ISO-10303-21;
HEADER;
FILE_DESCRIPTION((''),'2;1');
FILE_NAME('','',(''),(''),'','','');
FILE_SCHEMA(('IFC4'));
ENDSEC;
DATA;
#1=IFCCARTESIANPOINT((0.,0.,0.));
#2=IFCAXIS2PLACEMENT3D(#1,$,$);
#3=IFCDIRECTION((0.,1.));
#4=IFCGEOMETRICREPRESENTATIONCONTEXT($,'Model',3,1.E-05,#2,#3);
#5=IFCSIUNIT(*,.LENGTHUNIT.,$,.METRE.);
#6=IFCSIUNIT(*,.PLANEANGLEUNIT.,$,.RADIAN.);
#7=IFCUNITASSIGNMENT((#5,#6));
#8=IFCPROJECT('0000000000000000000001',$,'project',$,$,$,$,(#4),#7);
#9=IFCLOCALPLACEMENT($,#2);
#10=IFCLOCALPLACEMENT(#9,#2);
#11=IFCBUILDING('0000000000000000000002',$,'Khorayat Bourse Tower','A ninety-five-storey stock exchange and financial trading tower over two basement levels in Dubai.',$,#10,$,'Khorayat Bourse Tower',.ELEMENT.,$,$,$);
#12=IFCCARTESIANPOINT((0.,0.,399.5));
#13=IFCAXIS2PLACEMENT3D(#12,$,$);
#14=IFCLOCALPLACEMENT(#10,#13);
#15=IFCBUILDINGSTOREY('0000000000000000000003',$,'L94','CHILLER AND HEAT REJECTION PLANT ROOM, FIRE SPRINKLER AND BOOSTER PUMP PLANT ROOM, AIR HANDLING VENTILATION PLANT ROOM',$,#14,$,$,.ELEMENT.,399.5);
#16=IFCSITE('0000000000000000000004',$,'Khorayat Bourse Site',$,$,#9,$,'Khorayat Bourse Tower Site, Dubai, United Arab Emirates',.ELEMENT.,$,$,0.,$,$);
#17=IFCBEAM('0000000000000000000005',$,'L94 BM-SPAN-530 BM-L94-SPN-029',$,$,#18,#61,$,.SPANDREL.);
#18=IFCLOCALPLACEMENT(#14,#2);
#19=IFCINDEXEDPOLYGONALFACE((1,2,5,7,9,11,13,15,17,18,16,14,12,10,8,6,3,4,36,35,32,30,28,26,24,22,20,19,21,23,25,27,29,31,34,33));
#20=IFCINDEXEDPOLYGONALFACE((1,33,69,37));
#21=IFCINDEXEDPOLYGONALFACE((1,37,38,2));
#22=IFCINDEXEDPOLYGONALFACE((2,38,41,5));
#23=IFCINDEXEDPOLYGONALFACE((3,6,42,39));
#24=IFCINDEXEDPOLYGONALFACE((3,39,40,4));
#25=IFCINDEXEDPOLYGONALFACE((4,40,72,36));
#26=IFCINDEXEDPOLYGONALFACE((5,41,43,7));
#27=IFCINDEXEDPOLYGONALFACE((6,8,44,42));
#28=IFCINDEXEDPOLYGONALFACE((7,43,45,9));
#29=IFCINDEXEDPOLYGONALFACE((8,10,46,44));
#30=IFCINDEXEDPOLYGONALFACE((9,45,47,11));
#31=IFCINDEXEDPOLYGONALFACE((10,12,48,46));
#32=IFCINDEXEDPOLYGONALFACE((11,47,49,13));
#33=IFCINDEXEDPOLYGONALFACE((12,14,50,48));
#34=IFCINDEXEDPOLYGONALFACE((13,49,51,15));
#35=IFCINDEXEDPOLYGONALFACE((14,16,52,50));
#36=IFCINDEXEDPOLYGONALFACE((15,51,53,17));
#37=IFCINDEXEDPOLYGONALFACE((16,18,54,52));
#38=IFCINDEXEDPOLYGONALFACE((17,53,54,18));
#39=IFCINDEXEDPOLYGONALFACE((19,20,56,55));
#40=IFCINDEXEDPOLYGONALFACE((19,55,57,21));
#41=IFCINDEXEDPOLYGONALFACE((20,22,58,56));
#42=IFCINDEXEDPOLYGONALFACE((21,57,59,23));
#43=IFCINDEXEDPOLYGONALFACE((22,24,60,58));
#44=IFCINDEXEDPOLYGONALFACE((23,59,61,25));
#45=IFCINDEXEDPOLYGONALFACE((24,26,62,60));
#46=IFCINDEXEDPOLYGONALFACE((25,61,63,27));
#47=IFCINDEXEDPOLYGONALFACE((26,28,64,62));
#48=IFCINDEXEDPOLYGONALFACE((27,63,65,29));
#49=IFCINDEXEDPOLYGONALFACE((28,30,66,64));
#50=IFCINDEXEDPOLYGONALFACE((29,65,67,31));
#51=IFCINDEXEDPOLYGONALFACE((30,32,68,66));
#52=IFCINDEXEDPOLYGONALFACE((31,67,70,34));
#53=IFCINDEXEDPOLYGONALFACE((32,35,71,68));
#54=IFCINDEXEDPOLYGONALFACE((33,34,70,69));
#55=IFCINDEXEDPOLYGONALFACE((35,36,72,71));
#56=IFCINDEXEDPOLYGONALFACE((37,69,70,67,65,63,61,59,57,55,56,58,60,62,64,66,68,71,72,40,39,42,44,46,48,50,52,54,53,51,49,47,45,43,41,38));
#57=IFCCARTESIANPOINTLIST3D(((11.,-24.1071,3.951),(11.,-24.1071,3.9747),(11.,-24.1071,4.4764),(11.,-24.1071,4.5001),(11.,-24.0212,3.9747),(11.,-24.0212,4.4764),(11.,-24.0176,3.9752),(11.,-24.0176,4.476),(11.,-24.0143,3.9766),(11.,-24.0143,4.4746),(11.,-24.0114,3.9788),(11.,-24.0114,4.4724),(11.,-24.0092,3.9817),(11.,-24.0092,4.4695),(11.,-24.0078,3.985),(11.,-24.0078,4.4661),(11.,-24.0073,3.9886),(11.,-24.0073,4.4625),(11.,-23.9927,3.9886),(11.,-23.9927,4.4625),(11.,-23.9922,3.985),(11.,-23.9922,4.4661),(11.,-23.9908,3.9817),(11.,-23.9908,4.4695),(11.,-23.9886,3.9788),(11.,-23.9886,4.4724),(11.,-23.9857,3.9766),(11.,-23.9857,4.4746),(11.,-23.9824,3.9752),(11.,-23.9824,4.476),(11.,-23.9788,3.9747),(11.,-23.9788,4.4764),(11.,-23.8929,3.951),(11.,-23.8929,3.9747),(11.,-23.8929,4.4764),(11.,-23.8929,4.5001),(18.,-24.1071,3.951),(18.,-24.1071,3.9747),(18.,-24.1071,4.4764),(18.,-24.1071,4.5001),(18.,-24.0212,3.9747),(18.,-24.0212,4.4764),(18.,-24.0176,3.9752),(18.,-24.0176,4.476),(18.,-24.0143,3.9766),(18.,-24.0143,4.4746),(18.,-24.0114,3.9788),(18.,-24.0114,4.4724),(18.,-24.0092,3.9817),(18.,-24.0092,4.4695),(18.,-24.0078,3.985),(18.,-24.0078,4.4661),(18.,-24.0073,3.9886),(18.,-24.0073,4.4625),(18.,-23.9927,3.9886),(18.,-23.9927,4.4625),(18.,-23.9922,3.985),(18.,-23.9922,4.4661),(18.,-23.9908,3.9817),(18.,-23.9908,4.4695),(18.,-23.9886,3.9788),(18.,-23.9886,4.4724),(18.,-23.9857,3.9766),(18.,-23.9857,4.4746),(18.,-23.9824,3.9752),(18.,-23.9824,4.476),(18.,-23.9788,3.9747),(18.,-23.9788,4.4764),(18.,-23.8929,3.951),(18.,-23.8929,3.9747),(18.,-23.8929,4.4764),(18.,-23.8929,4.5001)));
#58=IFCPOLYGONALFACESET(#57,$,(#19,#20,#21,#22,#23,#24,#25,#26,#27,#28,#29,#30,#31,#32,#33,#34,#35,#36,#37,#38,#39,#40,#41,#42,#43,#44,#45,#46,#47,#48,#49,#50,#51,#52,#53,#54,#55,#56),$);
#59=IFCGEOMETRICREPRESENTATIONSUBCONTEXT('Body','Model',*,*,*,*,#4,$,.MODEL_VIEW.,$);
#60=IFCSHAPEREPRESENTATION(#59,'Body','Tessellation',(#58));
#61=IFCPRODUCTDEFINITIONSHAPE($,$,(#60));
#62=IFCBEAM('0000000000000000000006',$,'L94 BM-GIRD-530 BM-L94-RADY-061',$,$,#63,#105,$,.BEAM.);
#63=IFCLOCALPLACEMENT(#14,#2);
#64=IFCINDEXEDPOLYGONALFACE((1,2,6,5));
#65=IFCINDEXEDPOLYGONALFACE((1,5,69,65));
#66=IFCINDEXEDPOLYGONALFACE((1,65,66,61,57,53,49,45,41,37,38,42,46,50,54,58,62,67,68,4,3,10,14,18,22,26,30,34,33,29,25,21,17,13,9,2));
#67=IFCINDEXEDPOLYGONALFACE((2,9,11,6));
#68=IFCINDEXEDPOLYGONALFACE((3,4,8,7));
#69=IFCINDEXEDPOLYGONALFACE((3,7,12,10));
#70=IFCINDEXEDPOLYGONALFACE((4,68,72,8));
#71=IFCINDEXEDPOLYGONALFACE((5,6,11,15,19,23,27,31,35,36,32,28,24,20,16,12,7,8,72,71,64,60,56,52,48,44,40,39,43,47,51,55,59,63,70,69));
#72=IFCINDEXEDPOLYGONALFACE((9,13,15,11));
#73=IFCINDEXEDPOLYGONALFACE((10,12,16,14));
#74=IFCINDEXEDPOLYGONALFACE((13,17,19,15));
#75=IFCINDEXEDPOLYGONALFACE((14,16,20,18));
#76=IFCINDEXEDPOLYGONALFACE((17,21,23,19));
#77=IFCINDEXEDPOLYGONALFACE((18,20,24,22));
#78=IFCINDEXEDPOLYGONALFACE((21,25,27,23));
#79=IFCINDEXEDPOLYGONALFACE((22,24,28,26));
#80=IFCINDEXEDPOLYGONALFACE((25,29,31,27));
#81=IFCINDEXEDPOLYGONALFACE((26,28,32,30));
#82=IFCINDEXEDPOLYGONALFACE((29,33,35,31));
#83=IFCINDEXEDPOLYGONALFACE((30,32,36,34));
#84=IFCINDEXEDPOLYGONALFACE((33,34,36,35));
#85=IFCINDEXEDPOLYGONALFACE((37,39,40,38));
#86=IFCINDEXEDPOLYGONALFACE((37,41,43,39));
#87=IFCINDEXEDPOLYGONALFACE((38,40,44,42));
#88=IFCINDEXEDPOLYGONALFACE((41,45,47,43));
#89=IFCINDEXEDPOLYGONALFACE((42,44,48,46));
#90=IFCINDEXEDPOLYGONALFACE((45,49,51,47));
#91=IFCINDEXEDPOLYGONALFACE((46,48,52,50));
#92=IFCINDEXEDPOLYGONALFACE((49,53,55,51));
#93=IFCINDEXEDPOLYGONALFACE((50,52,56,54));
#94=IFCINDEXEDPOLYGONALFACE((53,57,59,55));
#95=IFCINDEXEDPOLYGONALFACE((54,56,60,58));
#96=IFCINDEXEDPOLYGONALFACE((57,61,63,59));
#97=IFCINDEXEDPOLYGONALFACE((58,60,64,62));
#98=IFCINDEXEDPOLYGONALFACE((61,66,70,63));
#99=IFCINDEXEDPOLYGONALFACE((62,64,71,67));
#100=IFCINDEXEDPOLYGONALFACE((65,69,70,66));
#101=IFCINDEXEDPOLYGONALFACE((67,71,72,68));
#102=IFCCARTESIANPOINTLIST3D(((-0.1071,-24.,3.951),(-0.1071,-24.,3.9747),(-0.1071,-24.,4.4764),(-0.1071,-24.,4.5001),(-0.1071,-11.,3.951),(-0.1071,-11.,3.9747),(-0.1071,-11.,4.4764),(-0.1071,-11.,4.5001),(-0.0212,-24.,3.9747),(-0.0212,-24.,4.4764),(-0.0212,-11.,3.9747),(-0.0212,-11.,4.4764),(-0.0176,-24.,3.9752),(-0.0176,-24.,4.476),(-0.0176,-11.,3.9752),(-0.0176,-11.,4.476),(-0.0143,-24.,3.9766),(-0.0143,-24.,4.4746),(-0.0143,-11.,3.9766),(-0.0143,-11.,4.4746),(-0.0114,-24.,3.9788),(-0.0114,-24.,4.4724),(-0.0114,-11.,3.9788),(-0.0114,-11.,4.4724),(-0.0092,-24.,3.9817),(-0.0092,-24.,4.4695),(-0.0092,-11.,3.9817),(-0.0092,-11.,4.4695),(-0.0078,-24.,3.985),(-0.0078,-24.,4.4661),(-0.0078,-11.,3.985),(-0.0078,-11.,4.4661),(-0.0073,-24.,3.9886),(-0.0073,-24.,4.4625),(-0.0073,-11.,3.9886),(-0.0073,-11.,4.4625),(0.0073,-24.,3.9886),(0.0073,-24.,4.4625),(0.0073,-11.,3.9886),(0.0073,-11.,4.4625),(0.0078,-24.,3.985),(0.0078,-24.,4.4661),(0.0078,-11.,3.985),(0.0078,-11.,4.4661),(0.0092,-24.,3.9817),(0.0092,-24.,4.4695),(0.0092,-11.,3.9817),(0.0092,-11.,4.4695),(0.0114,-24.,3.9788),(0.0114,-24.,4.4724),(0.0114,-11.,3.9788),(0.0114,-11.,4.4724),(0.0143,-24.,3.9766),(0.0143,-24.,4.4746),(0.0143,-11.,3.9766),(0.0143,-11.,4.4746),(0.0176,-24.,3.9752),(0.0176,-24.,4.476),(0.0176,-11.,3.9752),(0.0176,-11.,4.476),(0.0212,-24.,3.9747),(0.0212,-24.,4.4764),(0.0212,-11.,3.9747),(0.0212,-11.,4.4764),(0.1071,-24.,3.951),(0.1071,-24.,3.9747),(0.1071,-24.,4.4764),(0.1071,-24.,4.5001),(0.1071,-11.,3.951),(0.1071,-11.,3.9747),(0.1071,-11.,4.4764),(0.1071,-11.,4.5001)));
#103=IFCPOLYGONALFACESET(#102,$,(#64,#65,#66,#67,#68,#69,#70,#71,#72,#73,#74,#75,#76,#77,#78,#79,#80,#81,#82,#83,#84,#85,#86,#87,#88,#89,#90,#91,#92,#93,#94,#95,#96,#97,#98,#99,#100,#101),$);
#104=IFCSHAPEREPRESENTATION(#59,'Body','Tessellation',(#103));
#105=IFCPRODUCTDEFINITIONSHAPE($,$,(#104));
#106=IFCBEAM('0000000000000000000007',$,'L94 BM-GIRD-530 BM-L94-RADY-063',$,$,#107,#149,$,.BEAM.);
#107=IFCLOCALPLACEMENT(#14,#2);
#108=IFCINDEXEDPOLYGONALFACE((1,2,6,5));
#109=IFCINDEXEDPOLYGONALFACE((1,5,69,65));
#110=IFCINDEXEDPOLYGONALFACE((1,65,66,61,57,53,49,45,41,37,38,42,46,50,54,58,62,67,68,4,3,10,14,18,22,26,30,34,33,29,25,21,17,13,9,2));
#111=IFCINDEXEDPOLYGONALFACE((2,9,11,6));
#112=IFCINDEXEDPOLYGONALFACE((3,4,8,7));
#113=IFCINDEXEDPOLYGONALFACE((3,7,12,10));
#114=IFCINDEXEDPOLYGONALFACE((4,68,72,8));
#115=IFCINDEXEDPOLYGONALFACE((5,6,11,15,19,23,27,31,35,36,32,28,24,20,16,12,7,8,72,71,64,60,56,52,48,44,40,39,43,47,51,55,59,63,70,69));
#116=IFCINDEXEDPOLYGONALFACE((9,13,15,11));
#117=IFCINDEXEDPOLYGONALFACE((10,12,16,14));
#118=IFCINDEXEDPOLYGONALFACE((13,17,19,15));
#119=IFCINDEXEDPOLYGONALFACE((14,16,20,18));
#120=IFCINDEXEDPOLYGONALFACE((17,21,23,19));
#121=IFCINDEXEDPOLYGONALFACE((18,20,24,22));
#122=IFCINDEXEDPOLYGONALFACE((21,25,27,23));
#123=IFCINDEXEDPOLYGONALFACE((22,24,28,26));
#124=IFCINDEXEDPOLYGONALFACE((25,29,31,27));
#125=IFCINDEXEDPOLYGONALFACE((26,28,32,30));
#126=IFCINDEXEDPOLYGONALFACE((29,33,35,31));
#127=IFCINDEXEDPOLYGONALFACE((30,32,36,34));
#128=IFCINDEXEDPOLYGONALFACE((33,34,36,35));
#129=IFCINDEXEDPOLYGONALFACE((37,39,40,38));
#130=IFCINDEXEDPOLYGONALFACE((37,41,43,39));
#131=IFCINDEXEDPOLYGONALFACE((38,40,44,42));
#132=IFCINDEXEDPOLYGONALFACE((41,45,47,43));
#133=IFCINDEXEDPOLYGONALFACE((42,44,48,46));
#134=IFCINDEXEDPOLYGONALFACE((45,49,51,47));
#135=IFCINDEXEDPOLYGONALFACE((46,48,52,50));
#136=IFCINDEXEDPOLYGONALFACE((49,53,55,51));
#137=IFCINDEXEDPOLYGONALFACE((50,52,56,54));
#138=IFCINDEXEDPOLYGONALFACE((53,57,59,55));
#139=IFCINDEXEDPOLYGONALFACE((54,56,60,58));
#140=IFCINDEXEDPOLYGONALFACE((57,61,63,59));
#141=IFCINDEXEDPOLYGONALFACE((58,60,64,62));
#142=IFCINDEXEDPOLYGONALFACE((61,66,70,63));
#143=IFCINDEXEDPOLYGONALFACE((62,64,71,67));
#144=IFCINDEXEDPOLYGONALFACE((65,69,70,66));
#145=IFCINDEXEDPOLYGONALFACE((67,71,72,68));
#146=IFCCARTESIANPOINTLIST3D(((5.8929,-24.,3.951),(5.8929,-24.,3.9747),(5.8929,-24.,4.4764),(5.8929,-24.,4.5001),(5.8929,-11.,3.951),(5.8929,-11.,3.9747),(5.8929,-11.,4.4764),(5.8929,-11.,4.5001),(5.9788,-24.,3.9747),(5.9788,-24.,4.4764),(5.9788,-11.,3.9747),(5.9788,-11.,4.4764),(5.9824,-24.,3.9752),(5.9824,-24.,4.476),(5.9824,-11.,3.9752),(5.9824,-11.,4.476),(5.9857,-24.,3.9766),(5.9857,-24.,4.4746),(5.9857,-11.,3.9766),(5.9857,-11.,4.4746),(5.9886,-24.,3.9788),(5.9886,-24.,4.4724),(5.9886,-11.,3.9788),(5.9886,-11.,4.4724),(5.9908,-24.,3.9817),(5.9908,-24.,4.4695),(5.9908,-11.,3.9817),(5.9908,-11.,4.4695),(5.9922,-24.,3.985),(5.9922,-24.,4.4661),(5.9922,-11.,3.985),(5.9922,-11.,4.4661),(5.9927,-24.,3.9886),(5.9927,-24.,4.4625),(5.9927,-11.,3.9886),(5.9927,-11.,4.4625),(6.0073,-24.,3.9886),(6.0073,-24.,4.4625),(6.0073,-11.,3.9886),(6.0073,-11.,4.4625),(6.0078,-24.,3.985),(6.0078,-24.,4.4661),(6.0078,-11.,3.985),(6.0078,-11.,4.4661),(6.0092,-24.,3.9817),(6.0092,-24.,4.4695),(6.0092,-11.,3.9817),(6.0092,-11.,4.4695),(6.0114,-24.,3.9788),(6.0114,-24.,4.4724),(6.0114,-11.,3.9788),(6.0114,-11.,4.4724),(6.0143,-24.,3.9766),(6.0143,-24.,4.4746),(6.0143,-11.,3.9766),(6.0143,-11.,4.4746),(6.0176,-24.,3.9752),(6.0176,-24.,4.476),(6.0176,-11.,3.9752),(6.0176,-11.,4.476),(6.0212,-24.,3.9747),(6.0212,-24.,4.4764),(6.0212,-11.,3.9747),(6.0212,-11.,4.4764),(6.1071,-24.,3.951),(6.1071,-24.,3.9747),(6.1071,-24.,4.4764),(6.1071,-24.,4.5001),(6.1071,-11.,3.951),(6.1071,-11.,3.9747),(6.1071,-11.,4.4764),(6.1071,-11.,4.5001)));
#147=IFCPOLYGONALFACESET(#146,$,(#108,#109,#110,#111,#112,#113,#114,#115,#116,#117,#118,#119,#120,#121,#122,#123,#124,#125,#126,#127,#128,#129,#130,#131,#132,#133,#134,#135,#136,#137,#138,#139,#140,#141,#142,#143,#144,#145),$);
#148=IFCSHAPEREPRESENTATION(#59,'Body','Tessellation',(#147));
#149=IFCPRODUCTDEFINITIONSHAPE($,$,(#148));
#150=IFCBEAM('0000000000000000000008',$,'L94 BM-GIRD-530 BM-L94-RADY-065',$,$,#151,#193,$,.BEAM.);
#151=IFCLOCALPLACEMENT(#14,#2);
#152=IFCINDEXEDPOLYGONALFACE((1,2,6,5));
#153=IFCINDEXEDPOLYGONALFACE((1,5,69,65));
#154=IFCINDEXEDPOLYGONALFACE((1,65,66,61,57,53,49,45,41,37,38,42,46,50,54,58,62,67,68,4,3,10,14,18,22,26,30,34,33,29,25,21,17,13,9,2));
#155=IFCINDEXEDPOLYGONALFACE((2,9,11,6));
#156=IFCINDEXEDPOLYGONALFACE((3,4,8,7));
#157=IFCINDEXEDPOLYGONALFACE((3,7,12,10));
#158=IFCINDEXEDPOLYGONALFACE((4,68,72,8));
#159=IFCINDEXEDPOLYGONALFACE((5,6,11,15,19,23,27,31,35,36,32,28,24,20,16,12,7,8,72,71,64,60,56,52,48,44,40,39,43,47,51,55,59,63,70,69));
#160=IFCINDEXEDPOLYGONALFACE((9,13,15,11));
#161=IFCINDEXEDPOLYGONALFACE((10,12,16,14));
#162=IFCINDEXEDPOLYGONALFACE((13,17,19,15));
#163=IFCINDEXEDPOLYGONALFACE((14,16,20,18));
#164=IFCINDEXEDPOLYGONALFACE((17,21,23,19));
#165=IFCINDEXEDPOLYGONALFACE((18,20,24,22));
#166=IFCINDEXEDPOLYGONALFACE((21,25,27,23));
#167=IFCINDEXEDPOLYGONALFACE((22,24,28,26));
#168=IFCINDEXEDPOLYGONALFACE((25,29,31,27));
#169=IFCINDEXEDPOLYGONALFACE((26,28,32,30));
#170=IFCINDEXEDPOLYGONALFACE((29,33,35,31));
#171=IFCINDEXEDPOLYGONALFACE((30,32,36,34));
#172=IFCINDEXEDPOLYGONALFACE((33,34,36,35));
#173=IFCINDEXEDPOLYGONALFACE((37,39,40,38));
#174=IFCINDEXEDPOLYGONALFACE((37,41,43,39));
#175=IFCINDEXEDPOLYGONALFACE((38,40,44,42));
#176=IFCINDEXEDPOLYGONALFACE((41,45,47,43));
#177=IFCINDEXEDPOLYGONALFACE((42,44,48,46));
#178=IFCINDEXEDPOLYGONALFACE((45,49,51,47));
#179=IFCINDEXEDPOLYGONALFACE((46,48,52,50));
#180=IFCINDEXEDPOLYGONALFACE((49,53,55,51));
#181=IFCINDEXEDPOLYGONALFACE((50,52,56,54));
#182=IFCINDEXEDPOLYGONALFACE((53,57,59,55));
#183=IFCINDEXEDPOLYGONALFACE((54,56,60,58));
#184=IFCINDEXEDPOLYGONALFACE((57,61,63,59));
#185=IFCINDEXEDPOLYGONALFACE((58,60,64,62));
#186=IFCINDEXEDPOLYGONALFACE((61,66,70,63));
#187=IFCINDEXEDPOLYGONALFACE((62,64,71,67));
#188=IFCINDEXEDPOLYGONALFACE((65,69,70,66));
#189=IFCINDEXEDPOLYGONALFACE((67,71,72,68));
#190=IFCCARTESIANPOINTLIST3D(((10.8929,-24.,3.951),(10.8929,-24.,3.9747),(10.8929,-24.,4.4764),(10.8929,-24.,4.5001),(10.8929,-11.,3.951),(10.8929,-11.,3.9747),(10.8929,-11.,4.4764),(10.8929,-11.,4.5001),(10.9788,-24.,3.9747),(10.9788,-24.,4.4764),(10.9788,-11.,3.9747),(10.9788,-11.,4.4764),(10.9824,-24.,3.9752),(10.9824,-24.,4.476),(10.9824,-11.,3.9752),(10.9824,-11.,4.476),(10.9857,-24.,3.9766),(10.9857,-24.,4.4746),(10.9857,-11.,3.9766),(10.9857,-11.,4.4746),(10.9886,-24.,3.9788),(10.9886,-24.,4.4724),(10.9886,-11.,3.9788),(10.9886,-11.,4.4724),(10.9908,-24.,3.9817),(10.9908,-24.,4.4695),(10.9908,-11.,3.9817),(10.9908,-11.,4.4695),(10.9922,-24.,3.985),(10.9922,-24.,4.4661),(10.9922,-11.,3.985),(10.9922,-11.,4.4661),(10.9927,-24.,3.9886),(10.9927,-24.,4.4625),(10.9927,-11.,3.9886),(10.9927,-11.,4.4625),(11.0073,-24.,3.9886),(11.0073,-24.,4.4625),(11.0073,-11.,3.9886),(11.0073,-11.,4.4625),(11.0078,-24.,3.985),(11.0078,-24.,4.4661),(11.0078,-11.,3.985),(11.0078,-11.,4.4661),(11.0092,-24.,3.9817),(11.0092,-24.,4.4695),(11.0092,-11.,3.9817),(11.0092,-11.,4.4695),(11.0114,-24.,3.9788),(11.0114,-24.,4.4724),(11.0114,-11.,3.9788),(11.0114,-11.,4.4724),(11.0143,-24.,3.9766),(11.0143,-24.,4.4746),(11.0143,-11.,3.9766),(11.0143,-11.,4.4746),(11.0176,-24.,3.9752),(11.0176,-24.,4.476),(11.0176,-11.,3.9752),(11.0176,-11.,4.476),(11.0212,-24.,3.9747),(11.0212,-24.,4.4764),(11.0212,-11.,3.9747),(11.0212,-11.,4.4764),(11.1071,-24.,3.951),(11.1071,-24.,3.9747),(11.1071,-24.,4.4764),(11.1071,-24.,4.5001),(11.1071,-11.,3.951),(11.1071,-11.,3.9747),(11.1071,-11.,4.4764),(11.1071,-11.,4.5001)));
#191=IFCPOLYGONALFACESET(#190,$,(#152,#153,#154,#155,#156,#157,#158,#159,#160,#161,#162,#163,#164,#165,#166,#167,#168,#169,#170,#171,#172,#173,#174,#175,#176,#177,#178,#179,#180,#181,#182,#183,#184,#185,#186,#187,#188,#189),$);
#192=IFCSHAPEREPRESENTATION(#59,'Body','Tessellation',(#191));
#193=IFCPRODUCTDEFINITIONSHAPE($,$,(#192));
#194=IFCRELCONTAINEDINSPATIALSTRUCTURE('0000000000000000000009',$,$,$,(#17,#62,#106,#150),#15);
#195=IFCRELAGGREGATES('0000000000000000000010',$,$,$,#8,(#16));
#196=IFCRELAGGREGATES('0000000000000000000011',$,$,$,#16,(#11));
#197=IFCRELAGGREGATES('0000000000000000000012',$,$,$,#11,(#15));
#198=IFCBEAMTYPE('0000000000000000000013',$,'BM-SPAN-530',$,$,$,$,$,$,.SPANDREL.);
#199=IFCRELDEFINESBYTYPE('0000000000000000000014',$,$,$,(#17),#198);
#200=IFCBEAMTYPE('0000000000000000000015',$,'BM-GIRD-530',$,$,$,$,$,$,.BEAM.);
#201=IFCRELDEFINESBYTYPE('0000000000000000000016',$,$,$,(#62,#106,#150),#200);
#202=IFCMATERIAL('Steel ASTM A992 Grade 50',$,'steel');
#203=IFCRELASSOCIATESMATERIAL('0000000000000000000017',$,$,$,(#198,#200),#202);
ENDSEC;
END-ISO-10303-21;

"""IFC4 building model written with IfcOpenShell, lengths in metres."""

from ifc_helpers import new_model, si_unit, direction, frame, origin, origin_2d, place, context, subcontext, project, spatial, i_section, extrude, source, transform, mapped, material, material_profile, profile_set, type_object, element, save


model = new_model("IFC4")

# Units and contexts
model_context = context("Model", 3, precision=1e-05, world=origin(), true_north=direction((0.0, 1.0)))
body_context = subcontext(model_context, "Body", "Model", "MODEL_VIEW")
ifc_project = project(units=[si_unit("LENGTHUNIT", "METRE"), si_unit("PLANEANGLEUNIT", "RADIAN")], contexts=[model_context])

# Site, building, storey
site_placement = place(None, origin())
site = spatial("IfcSite", under=ifc_project, at=site_placement, Name="Khorayat Bourse Site", LongName="Khorayat Bourse Tower Site, Dubai, United Arab Emirates", CompositionType="ELEMENT", RefElevation=0.0)
building_placement = place(site_placement, origin())
building = spatial("IfcBuilding", under=site, at=building_placement, Name="Khorayat Bourse Tower", Description="A ninety-five-storey stock exchange and financial trading tower over two basement levels in Dubai.", LongName="Khorayat Bourse Tower", CompositionType="ELEMENT")
storey_placement = place(building_placement, frame((0.0, 0.0, 399.5)))
storey = spatial("IfcBuildingStorey", under=building, at=storey_placement, Name="L94", Description="CHILLER AND HEAT REJECTION PLANT ROOM, FIRE SPRINKLER AND BOOSTER PUMP PLANT ROOM, AIR HANDLING VENTILATION PLANT ROOM", CompositionType="ELEMENT", Elevation=399.5)

# Beams
ifc_material_1 = material(Name="Steel ASTM A992 Grade 50", Category="steel")
ifc_material_profile_1 = material_profile(ifc_material_1, i_section(OverallWidth=0.2141, OverallDepth=0.5491, WebThickness=0.0146, FlangeThickness=0.0237, FilletRadius=0.0139, at=origin_2d()), Name="W530X138")
ifc_profile_set_1 = profile_set([ifc_material_profile_1], Name="Steel ASTM A992 Grade 50")
beam_type_1 = type_object("IfcBeamType", Name="BM-SPAN-530", PredefinedType="SPANDREL", material=ifc_profile_set_1)
shared_shape_1 = source(origin(), body_context, "Body", "SweptSolid", [
    extrude(i_section(OverallWidth=0.2141, OverallDepth=0.5491, WebThickness=0.0146, FlangeThickness=0.0237, FilletRadius=0.0139, at=origin_2d()), origin(), (0.0, 0.0, 1.0), 7.0),
])
beam_1_placement = place(storey_placement, frame((11.0, -24.0, 4.2256), z_axis=(1.0, 0.0, 0.0), x_axis=(0.0, 1.0, 0.0)))
element("IfcBeam", 1, at=beam_1_placement, inside=storey, type_object=beam_type_1, Name="L94 BM-SPAN-530 BM-L94-SPN-029", PredefinedType="SPANDREL", context=body_context, shape_type="MappedRepresentation", body=[
    mapped(shared_shape_1, transform((0.0, 0.0, 0.0), scale=1.0)),
])
ifc_material_profile_2 = material_profile(ifc_material_1, i_section(OverallWidth=0.2141, OverallDepth=0.5491, WebThickness=0.0146, FlangeThickness=0.0237, FilletRadius=0.0139, at=origin_2d()), Name="W530X138")
ifc_profile_set_2 = profile_set([ifc_material_profile_2], Name="Steel ASTM A992 Grade 50")
beam_type_2 = type_object("IfcBeamType", Name="BM-GIRD-530", PredefinedType="BEAM", material=ifc_profile_set_2)
shared_shape_2 = source(origin(), body_context, "Body", "SweptSolid", [
    extrude(i_section(OverallWidth=0.2141, OverallDepth=0.5491, WebThickness=0.0146, FlangeThickness=0.0237, FilletRadius=0.0139, at=origin_2d()), origin(), (0.0, 0.0, 1.0), 13.0),
])
for number, where, z_axis, x_axis, name in (
    (2, (0.0, -24.0, 4.2256), (0.0, 1.0, 0.0), (-1.0, 0.0, 0.0), "L94 BM-GIRD-530 BM-L94-RADY-061"),
    (3, (6.0, -24.0, 4.2256), (0.0, 1.0, 0.0), (-1.0, 0.0, 0.0), "L94 BM-GIRD-530 BM-L94-RADY-063"),
    (4, (11.0, -24.0, 4.2256), (0.0, 1.0, 0.0), (-1.0, 0.0, 0.0), "L94 BM-GIRD-530 BM-L94-RADY-065"),
):
    element("IfcBeam", number, at=place(storey_placement, frame(where, z_axis=z_axis, x_axis=x_axis)), inside=storey, type_object=beam_type_2, Name=name, PredefinedType="BEAM", context=body_context, shape_type="MappedRepresentation", body=[
        mapped(shared_shape_2, transform((0.0, 0.0, 0.0), scale=1.0)),
    ])

save(model, "model.ifc")
